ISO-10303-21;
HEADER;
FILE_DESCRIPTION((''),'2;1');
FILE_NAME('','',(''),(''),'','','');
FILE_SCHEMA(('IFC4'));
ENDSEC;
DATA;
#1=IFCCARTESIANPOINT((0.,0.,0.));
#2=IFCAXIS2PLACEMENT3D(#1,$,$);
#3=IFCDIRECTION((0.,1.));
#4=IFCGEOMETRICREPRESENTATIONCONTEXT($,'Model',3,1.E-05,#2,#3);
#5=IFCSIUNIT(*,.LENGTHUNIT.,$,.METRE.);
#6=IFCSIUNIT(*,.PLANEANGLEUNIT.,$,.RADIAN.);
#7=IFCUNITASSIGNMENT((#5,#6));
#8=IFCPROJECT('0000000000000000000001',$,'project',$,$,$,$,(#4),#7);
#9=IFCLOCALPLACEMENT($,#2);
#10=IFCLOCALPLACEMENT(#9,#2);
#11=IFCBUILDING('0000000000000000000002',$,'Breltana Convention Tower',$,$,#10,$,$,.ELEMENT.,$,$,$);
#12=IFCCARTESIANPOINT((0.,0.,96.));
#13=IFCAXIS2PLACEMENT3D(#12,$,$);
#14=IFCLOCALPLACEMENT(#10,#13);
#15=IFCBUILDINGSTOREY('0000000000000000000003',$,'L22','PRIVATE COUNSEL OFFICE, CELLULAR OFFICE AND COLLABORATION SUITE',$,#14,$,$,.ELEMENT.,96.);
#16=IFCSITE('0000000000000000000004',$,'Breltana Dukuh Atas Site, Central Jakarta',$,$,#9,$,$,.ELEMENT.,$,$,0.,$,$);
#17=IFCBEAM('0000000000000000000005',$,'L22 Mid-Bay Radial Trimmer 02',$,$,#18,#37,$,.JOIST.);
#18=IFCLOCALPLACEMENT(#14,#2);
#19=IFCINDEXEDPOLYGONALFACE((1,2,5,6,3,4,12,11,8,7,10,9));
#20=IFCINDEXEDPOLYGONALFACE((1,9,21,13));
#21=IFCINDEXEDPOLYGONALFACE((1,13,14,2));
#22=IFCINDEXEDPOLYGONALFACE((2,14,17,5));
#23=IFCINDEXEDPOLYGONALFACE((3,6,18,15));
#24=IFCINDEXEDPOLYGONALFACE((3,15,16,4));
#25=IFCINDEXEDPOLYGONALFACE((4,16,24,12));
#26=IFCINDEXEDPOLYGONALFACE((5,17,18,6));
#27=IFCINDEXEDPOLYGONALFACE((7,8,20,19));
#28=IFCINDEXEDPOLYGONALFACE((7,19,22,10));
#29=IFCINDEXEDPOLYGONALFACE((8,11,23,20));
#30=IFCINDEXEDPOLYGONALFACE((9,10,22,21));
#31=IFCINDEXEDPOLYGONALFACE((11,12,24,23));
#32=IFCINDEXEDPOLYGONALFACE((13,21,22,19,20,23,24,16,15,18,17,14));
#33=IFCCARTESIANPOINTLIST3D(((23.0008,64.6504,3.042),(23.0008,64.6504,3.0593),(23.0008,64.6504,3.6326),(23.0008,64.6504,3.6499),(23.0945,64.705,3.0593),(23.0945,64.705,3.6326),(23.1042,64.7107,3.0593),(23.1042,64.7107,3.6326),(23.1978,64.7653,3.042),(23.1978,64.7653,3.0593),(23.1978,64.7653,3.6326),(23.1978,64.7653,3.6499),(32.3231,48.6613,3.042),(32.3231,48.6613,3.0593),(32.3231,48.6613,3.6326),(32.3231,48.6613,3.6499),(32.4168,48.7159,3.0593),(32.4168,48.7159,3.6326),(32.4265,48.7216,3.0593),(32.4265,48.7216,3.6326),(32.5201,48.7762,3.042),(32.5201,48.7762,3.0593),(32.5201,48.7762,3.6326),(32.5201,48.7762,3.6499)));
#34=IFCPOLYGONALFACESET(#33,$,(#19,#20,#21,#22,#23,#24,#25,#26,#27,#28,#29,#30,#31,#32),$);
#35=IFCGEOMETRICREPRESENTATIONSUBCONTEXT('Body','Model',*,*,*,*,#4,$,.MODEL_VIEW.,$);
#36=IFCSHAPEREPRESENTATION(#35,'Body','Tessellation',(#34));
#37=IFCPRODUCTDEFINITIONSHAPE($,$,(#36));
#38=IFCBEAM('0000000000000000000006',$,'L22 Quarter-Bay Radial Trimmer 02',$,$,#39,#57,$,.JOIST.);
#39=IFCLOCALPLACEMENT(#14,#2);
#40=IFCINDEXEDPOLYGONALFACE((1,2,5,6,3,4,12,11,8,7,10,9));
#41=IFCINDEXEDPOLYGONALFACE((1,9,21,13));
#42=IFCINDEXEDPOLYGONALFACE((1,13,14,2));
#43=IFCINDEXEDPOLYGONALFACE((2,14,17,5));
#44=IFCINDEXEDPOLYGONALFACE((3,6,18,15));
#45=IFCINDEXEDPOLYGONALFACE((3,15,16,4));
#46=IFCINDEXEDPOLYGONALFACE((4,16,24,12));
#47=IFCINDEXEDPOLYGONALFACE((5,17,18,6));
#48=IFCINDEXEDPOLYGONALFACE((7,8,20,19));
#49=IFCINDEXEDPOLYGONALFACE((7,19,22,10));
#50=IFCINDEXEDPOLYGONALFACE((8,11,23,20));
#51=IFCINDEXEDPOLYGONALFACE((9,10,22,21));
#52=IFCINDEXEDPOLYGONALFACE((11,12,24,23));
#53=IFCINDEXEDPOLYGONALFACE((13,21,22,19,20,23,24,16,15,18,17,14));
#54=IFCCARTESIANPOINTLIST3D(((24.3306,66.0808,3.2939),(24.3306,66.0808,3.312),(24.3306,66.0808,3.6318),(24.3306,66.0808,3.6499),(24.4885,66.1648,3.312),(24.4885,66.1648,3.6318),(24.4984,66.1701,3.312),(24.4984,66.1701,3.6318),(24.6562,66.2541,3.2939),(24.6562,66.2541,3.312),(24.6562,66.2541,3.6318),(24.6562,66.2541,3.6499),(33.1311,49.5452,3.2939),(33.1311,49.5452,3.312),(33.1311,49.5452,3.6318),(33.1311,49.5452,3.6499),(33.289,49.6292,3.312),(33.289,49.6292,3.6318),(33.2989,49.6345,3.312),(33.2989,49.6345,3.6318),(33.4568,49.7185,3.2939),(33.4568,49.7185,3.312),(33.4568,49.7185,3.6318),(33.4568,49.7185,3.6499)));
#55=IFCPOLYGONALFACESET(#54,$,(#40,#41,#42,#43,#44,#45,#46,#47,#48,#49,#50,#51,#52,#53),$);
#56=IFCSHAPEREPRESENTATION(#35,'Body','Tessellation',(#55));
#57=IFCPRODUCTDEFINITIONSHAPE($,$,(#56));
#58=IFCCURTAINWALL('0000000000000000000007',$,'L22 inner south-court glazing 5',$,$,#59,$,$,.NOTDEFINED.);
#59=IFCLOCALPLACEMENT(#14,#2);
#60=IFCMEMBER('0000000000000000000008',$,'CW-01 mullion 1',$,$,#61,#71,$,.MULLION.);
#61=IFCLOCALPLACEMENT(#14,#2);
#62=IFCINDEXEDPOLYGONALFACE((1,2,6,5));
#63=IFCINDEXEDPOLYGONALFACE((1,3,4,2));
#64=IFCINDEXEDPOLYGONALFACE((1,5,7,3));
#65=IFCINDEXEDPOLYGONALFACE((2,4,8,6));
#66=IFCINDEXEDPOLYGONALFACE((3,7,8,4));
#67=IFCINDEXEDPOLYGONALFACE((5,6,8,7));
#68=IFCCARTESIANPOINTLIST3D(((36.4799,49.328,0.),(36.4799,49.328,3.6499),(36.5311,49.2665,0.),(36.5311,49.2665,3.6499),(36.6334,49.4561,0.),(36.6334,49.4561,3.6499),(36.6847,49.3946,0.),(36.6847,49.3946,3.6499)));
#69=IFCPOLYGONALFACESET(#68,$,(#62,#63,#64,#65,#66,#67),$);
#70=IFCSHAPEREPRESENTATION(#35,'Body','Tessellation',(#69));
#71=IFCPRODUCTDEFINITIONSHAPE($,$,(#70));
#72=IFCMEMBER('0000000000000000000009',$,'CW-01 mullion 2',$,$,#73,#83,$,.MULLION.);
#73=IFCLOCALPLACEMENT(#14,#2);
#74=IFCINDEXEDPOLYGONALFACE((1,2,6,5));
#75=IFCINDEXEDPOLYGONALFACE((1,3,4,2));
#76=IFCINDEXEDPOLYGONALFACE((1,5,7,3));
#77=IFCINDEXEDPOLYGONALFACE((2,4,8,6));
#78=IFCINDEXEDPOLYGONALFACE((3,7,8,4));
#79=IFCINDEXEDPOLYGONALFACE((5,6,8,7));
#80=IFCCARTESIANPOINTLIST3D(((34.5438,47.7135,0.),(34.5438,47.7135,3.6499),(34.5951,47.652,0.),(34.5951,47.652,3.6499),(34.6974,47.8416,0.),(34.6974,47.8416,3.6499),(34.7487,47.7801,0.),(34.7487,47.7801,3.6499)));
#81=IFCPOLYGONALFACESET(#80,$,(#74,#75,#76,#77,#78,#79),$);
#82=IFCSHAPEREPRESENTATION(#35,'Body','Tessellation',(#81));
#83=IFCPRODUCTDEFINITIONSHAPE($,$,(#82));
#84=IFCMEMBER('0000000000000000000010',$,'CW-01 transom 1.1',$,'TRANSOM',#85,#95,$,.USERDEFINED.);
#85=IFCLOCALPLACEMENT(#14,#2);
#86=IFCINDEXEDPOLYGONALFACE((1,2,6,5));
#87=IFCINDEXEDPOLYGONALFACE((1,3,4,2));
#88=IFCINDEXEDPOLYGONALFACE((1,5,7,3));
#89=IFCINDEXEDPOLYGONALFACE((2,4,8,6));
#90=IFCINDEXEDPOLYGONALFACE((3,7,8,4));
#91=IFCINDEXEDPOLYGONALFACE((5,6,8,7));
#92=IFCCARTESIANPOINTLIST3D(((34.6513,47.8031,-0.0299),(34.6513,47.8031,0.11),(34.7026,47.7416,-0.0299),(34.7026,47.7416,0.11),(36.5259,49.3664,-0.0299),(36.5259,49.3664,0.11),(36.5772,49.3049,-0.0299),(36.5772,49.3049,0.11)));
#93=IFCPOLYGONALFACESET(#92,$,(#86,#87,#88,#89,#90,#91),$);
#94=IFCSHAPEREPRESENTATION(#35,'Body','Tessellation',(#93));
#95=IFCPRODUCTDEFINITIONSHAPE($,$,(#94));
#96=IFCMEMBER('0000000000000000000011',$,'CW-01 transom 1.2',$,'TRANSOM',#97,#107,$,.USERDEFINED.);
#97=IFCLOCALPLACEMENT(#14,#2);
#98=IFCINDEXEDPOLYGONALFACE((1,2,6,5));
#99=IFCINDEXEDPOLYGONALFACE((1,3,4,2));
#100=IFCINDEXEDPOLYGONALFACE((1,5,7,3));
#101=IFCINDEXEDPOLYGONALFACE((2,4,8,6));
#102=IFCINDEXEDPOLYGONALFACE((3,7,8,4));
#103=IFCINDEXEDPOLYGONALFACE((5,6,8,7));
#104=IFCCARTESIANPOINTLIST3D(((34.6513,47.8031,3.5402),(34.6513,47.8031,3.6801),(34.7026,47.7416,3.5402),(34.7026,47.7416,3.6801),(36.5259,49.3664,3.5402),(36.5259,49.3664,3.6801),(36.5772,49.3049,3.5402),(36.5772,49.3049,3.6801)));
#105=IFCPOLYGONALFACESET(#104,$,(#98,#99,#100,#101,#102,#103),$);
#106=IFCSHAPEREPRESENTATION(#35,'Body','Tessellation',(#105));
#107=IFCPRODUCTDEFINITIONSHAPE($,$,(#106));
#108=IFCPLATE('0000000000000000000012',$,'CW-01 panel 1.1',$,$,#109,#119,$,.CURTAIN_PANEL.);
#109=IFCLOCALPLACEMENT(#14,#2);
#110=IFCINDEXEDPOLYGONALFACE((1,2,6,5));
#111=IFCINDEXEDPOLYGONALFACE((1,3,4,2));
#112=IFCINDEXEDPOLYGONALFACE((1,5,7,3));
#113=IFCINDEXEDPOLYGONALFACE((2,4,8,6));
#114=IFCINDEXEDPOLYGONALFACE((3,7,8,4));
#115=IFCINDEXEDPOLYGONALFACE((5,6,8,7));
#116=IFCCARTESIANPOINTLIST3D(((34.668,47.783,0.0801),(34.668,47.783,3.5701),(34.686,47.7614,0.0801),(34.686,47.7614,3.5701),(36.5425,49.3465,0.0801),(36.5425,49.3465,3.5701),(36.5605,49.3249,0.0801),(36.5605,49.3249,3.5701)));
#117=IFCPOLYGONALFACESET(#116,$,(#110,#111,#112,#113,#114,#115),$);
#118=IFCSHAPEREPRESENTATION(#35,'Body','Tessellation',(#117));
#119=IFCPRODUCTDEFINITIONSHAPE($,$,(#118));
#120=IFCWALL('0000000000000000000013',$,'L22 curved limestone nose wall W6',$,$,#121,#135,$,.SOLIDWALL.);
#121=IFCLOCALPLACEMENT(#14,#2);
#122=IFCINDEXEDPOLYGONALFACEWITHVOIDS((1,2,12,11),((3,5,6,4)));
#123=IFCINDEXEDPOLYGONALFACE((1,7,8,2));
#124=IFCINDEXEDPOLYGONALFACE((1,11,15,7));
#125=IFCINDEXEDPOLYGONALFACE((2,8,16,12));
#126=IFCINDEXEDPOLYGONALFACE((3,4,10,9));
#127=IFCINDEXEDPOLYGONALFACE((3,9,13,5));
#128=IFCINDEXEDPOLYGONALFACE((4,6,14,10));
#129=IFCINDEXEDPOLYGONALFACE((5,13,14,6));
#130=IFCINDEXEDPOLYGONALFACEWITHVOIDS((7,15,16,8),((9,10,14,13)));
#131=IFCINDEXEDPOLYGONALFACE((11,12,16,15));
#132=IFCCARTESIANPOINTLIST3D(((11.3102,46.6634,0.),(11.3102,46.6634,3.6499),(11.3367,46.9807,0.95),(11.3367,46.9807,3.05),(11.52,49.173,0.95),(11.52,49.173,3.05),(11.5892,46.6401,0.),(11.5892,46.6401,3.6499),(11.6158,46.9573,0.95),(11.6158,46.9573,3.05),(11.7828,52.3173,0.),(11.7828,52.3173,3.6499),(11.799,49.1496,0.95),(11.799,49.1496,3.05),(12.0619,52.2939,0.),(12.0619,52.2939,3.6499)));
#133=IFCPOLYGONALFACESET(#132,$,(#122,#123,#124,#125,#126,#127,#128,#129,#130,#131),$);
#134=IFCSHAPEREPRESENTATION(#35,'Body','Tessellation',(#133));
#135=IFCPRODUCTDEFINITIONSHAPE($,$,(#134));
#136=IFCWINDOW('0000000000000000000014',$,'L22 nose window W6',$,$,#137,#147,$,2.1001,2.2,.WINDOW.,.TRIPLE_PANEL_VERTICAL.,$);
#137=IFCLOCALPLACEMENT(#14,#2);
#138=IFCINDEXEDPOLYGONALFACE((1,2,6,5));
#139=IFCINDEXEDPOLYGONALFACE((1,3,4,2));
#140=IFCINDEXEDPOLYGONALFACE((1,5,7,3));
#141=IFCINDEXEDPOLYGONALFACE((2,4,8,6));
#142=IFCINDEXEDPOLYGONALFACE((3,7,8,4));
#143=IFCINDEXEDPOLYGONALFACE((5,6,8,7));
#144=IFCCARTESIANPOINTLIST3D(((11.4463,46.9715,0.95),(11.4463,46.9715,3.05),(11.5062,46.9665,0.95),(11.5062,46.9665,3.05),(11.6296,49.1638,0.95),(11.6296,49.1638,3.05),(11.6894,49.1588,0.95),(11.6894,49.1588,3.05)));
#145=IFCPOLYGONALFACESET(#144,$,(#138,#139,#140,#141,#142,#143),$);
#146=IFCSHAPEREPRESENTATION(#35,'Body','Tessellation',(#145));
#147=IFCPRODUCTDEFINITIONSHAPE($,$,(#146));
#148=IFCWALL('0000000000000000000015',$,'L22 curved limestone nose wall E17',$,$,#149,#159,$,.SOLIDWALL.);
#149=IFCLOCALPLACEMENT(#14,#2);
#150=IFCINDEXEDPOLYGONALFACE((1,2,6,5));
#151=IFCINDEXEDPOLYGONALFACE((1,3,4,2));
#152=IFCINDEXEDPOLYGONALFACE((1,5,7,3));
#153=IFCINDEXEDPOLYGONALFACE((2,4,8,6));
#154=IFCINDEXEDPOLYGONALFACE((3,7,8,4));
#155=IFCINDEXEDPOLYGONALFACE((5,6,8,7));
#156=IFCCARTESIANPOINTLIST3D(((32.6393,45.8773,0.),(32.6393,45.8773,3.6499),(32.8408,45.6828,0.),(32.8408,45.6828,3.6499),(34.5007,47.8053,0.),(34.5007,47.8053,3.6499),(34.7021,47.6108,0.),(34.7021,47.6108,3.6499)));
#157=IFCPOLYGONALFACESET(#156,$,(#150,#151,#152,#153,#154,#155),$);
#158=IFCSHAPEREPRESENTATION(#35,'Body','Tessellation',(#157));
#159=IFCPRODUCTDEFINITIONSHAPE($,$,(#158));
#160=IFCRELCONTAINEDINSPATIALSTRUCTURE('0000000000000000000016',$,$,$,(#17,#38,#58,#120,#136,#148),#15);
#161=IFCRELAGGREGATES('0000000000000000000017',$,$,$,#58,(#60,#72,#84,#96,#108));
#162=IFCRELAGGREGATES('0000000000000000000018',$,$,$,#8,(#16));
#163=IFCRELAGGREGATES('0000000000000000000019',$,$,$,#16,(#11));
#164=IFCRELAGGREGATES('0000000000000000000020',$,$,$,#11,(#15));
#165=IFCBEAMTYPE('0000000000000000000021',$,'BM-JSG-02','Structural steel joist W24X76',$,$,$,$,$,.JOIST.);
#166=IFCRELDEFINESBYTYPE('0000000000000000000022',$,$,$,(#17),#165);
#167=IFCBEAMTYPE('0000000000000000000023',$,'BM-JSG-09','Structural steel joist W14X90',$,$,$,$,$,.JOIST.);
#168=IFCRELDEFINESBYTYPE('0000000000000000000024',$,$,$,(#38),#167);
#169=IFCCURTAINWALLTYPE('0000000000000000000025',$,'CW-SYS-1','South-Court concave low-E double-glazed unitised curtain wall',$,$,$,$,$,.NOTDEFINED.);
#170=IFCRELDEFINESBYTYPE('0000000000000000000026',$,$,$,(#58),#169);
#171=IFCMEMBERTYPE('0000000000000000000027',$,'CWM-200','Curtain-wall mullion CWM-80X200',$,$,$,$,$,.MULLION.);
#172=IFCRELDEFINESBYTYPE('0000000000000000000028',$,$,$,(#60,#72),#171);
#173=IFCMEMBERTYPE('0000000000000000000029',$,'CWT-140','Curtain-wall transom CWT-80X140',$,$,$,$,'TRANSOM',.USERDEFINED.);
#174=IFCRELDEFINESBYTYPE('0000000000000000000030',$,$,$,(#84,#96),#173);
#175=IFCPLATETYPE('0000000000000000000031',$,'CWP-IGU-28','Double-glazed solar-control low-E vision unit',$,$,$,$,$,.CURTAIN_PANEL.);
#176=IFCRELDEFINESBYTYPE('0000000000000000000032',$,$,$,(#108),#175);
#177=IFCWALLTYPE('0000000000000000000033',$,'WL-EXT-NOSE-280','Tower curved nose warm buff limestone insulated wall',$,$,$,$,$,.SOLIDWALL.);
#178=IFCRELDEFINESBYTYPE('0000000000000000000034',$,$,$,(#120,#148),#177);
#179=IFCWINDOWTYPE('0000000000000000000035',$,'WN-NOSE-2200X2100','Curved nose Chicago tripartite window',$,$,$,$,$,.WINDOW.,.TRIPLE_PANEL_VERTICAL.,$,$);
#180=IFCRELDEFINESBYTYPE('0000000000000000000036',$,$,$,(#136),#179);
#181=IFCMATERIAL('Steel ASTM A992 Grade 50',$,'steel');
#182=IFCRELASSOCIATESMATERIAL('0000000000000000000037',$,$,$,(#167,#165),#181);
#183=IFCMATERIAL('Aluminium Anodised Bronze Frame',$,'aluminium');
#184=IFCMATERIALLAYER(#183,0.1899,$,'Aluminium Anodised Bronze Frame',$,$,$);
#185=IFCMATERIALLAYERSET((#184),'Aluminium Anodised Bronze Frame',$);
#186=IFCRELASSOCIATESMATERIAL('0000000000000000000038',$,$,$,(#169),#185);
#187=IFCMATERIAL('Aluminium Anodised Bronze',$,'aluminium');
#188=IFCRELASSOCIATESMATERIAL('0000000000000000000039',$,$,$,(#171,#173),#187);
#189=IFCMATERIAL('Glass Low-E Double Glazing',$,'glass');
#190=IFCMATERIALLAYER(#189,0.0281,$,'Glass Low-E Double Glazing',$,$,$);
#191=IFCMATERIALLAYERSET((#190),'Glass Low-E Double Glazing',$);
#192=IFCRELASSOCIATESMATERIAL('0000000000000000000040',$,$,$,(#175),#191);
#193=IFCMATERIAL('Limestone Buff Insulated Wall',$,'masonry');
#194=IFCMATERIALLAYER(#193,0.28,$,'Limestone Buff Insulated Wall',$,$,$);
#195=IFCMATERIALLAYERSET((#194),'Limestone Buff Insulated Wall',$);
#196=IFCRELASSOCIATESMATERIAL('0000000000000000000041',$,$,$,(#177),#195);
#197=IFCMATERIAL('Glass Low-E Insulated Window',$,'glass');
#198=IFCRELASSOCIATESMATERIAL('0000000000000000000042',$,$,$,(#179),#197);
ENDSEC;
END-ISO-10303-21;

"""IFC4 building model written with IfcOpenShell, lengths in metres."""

from ifc_helpers import new_model, si_unit, direction, frame, frame_2d, origin, origin_2d, place, context, subcontext, project, spatial, rectangle, i_section, extrude, source, transform, mapped, material, layer, layer_set, material_profile, profile_set, type_object, type_shapes, element, fill, aggregate, save


model = new_model("IFC4")

# Units and contexts
model_context = context("Model", 3, precision=1e-05, world=origin(), true_north=direction((0.0, 1.0)))
body_context = subcontext(model_context, "Body", "Model", "MODEL_VIEW")
ifc_project = project(units=[si_unit("LENGTHUNIT", "METRE"), si_unit("PLANEANGLEUNIT", "RADIAN")], contexts=[model_context])

# Site, building, storey
site_placement = place(None, origin())
site = spatial("IfcSite", under=ifc_project, at=site_placement, Name="Breltana Dukuh Atas Site, Central Jakarta", CompositionType="ELEMENT", RefElevation=0.0)
building_placement = place(site_placement, origin())
building = spatial("IfcBuilding", under=site, at=building_placement, Name="Breltana Convention Tower", CompositionType="ELEMENT")
storey_placement = place(building_placement, frame((0.0, 0.0, 96.0)))
storey = spatial("IfcBuildingStorey", under=building, at=storey_placement, Name="L22", Description="PRIVATE COUNSEL OFFICE, CELLULAR OFFICE AND COLLABORATION SUITE", CompositionType="ELEMENT", Elevation=96.0)

# Beams
ifc_material_1 = material(Name="Steel ASTM A992 Grade 50", Category="steel")
ifc_material_profile_1 = material_profile(ifc_material_1, i_section(OverallWidth=0.3689, OverallDepth=0.356, WebThickness=0.0112, FlangeThickness=0.0181, at=origin_2d()), Name="W14X90")
ifc_profile_set_1 = profile_set([ifc_material_profile_1], Name="Steel ASTM A992 Grade 50")
beam_type_1 = type_object("IfcBeamType", Name="BM-JSG-09", Description="Structural steel joist W14X90", PredefinedType="JOIST", material=ifc_profile_set_1)
ifc_material_profile_2 = material_profile(ifc_material_1, i_section(OverallWidth=0.228, OverallDepth=0.6079, WebThickness=0.0112, FlangeThickness=0.0173, at=origin_2d()), Name="W24X76")
ifc_profile_set_2 = profile_set([ifc_material_profile_2], Name="Steel ASTM A992 Grade 50")
beam_type_2 = type_object("IfcBeamType", Name="BM-JSG-02", Description="Structural steel joist W24X76", PredefinedType="JOIST", material=ifc_profile_set_2)
shared_shape_1 = source(origin(), body_context, "Body", "SweptSolid", [
    extrude(i_section(OverallWidth=0.228, OverallDepth=0.6079, WebThickness=0.0112, FlangeThickness=0.0173, at=origin_2d()), origin(), (0.0, 0.0, 1.0), 18.5083),
])
beam_1_placement = place(storey_placement, frame((32.4216, 48.7188, 3.3459), z_axis=(-0.503683, 0.863888, 0.0), x_axis=(-0.863888, -0.503683, 0.0)))
element("IfcBeam", 1, at=beam_1_placement, inside=storey, type_object=beam_type_2, Name="L22 Mid-Bay Radial Trimmer 02", PredefinedType="JOIST", context=body_context, shape_type="MappedRepresentation", body=[
    mapped(shared_shape_1, transform((0.0, 0.0, 0.0), scale=1.0)),
])
shared_shape_2 = source(origin(), body_context, "Body", "SweptSolid", [
    extrude(i_section(OverallWidth=0.3689, OverallDepth=0.356, WebThickness=0.0112, FlangeThickness=0.0181, at=origin_2d()), origin(), (0.0, 0.0, 1.0), 18.7317),
])
beam_2_placement = place(storey_placement, frame((33.2939, 49.6318, 3.4719), z_axis=(-0.46982, 0.882762, 0.0), x_axis=(-0.882762, -0.46982, 0.0)))
element("IfcBeam", 2, at=beam_2_placement, inside=storey, type_object=beam_type_1, Name="L22 Quarter-Bay Radial Trimmer 02", PredefinedType="JOIST", context=body_context, shape_type="MappedRepresentation", body=[
    mapped(shared_shape_2, transform((0.0, 0.0, 0.0), scale=1.0)),
])

# Curtain wall, members, plate
ifc_material_2 = material(Name="Aluminium Anodised Bronze Frame", Category="aluminium")
ifc_layer_1 = layer(ifc_material_2, 0.1899, Name="Aluminium Anodised Bronze Frame")
ifc_layer_set_1 = layer_set([ifc_layer_1], Name="Aluminium Anodised Bronze Frame")
curtain_wall_type = type_object("IfcCurtainWallType", Name="CW-SYS-1", Description="South-Court concave low-E double-glazed unitised curtain wall", PredefinedType="NOTDEFINED", material=ifc_layer_set_1)
curtain_wall_placement = place(storey_placement, origin())
curtain_wall = element("IfcCurtainWall", 3, at=curtain_wall_placement, inside=storey, type_object=curtain_wall_type, Name="L22 inner south-court glazing 5", PredefinedType="NOTDEFINED")
ifc_material_3 = material(Name="Aluminium Anodised Bronze", Category="aluminium")
ifc_material_profile_3 = material_profile(ifc_material_3, rectangle(XDim=0.0801, YDim=0.2, at=origin_2d()), Name="CWM-80X200")
ifc_profile_set_3 = profile_set([ifc_material_profile_3], Name="Aluminium Anodised Bronze")
member_type_1 = type_object("IfcMemberType", Name="CWM-200", Description="Curtain-wall mullion CWM-80X200", PredefinedType="MULLION", material=ifc_profile_set_3)
shared_shape_3 = source(origin(), body_context, "Body", "SweptSolid", [
    extrude(rectangle(XDim=0.0801, YDim=0.2, at=origin_2d()), origin(), (0.0, 0.0, 1.0), 3.6499),
])
member_1_placement = place(storey_placement, frame((36.5823, 49.3613, 0.0), z_axis=(0.0, 0.0, 1.0), x_axis=(0.640521, -0.767941, 0.0)))
member_1 = element("IfcMember", 4, at=member_1_placement, type_object=member_type_1, Name="CW-01 mullion 1", PredefinedType="MULLION", context=body_context, shape_type="MappedRepresentation", body=[
    mapped(shared_shape_3, transform((0.0, 0.0, 0.0), scale=1.0)),
])
member_2_placement = place(storey_placement, frame((34.6462, 47.7468, 0.0), z_axis=(0.0, 0.0, 1.0), x_axis=(0.640521, -0.767941, 0.0)))
member_2 = element("IfcMember", 5, at=member_2_placement, type_object=member_type_1, Name="CW-01 mullion 2", PredefinedType="MULLION", context=body_context, shape_type="MappedRepresentation", body=[
    mapped(shared_shape_3, transform((0.0, 0.0, 0.0), scale=1.0)),
])
ifc_material_profile_4 = material_profile(ifc_material_3, rectangle(XDim=0.0801, YDim=0.1399, at=origin_2d()), Name="CWT-80X140")
ifc_profile_set_4 = profile_set([ifc_material_profile_4], Name="Aluminium Anodised Bronze")
member_type_2 = type_object("IfcMemberType", Name="CWT-140", Description="Curtain-wall transom CWT-80X140", ElementType="TRANSOM", PredefinedType="USERDEFINED", material=ifc_profile_set_4)
shared_shape_4 = source(origin(), body_context, "Body", "SweptSolid", [
    extrude(rectangle(XDim=0.0801, YDim=0.1399, at=origin_2d()), origin(), (0.0, 0.0, 1.0), 2.4409),
])
member_3_placement = place(storey_placement, frame((36.5515, 49.3357, 0.04), z_axis=(-0.767992, -0.64046, 0.0), x_axis=(0.64046, -0.767992, 0.0)))
member_3 = element("IfcMember", 6, at=member_3_placement, type_object=member_type_2, Name="CW-01 transom 1.1", ObjectType="TRANSOM", PredefinedType="USERDEFINED", context=body_context, shape_type="MappedRepresentation", body=[
    mapped(shared_shape_4, transform((0.0, 0.0, 0.0), scale=1.0)),
])
member_4_placement = place(storey_placement, frame((36.5515, 49.3357, 3.6101), z_axis=(-0.767992, -0.64046, 0.0), x_axis=(0.64046, -0.767992, 0.0)))
member_4 = element("IfcMember", 7, at=member_4_placement, type_object=member_type_2, Name="CW-01 transom 1.2", ObjectType="TRANSOM", PredefinedType="USERDEFINED", context=body_context, shape_type="MappedRepresentation", body=[
    mapped(shared_shape_4, transform((0.0, 0.0, 0.0), scale=1.0)),
])
ifc_material_4 = material(Name="Glass Low-E Double Glazing", Category="glass")
ifc_layer_2 = layer(ifc_material_4, 0.0281, Name="Glass Low-E Double Glazing")
ifc_layer_set_2 = layer_set([ifc_layer_2], Name="Glass Low-E Double Glazing")
plate_type = type_object("IfcPlateType", Name="CWP-IGU-28", Description="Double-glazed solar-control low-E vision unit", PredefinedType="CURTAIN_PANEL", material=ifc_layer_set_2)
shared_shape_5 = source(origin(), body_context, "Body", "SweptSolid", [
    extrude(rectangle(XDim=2.4409, YDim=0.0281, at=origin_2d()), origin(), (0.0, 0.0, 1.0), 3.49),
])
plate_placement = place(storey_placement, frame((35.6143, 48.554, 0.0801), z_axis=(0.0, 0.0, 1.0), x_axis=(-0.767941, -0.640521, 0.0)))
plate = element("IfcPlate", 8, at=plate_placement, type_object=plate_type, Name="CW-01 panel 1.1", PredefinedType="CURTAIN_PANEL", context=body_context, shape_type="MappedRepresentation", body=[
    mapped(shared_shape_5, transform((0.0, 0.0, 0.0), scale=1.0)),
])
aggregate(curtain_wall, [member_1, member_2, member_3, member_4, plate])

# Wall, opening, window
ifc_material_5 = material(Name="Limestone Buff Insulated Wall", Category="masonry")
ifc_layer_3 = layer(ifc_material_5, 0.28, Name="Limestone Buff Insulated Wall")
ifc_layer_set_3 = layer_set([ifc_layer_3], Name="Limestone Buff Insulated Wall")
wall_type_1 = type_object("IfcWallType", Name="WL-EXT-NOSE-280", Description="Tower curved nose warm buff limestone insulated wall", PredefinedType="SOLIDWALL", material=ifc_layer_set_3)
shared_shape_6 = source(origin(), body_context, "Body", "SweptSolid", [
    extrude(rectangle(XDim=5.6736, YDim=0.28, at=frame_2d((2.8369, 0.0))), origin(), (0.0, 0.0, 1.0), 3.6499),
])
wall_1_placement = place(storey_placement, frame((11.4497, 46.6516, 0.0), z_axis=(0.0, 0.0, 1.0), x_axis=(0.083309, 0.996524, 0.0)))
wall_1 = element("IfcWall", 9, at=wall_1_placement, inside=storey, type_object=wall_type_1, Name="L22 curved limestone nose wall W6", PredefinedType="SOLIDWALL", context=body_context, shape_type="MappedRepresentation", body=[
    mapped(shared_shape_6, transform((0.0, 0.0, 0.0), scale=1.0)),
])
opening_placement = place(wall_1_placement, frame((0.3184, 0.0, 0.95)))
opening = element("IfcOpeningElement", 10, at=opening_placement, cuts=wall_1, PredefinedType="OPENING", context=body_context, shape_type="SweptSolid", body=[
    extrude(rectangle(XDim=2.2, YDim=2.1001, at=frame_2d((1.1001, 1.05))), frame((0.0, 0.1499, 0.0), z_axis=(0.0, -1.0, 0.0), x_axis=(1.0, 0.0, 0.0)), (0.0, 0.0, 1.0), 0.3),
])
ifc_material_6 = material(Name="Glass Low-E Insulated Window", Category="glass")
window_type = type_object("IfcWindowType", Name="WN-NOSE-2200X2100", Description="Curved nose Chicago tripartite window", PartitioningType="TRIPLE_PANEL_VERTICAL", PredefinedType="WINDOW", material=ifc_material_6)
shared_shape_7 = source(origin(), body_context, "Body", "SweptSolid", [
    extrude(rectangle(XDim=2.2, YDim=2.1001, at=frame_2d((1.1001, 1.05))), frame((0.0, 0.03, 0.0), z_axis=(0.0, -1.0, 0.0), x_axis=(1.0, 0.0, 0.0)), (0.0, 0.0, 1.0), 0.0601),
])
type_shapes(window_type, [shared_shape_7])
window_placement = place(opening_placement, origin())
window = element("IfcWindow", 11, at=window_placement, inside=storey, type_object=window_type, Name="L22 nose window W6", OverallHeight=2.1001, OverallWidth=2.2, PartitioningType="TRIPLE_PANEL_VERTICAL", PredefinedType="WINDOW", context=body_context, shape_type="MappedRepresentation", body=[
    mapped(shared_shape_7, transform((0.0, 0.0, 0.0), scale=1.0)),
])
fill(opening, window)

# Wall
shared_shape_8 = source(origin(), body_context, "Body", "SweptSolid", [
    extrude(rectangle(XDim=2.6799, YDim=0.28, at=frame_2d((1.3398, 0.0))), origin(), (0.0, 0.0, 1.0), 3.6499),
])
wall_2_placement = place(storey_placement, frame((34.6013, 47.708, 0.0), z_axis=(0.0, 0.0, 1.0), x_axis=(-0.694562, -0.719433, 0.0)))
element("IfcWall", 12, at=wall_2_placement, inside=storey, type_object=wall_type_1, Name="L22 curved limestone nose wall E17", PredefinedType="SOLIDWALL", context=body_context, shape_type="MappedRepresentation", body=[
    mapped(shared_shape_8, transform((0.0, 0.0, 0.0), scale=1.0)),
])

save(model, "model.ifc")
